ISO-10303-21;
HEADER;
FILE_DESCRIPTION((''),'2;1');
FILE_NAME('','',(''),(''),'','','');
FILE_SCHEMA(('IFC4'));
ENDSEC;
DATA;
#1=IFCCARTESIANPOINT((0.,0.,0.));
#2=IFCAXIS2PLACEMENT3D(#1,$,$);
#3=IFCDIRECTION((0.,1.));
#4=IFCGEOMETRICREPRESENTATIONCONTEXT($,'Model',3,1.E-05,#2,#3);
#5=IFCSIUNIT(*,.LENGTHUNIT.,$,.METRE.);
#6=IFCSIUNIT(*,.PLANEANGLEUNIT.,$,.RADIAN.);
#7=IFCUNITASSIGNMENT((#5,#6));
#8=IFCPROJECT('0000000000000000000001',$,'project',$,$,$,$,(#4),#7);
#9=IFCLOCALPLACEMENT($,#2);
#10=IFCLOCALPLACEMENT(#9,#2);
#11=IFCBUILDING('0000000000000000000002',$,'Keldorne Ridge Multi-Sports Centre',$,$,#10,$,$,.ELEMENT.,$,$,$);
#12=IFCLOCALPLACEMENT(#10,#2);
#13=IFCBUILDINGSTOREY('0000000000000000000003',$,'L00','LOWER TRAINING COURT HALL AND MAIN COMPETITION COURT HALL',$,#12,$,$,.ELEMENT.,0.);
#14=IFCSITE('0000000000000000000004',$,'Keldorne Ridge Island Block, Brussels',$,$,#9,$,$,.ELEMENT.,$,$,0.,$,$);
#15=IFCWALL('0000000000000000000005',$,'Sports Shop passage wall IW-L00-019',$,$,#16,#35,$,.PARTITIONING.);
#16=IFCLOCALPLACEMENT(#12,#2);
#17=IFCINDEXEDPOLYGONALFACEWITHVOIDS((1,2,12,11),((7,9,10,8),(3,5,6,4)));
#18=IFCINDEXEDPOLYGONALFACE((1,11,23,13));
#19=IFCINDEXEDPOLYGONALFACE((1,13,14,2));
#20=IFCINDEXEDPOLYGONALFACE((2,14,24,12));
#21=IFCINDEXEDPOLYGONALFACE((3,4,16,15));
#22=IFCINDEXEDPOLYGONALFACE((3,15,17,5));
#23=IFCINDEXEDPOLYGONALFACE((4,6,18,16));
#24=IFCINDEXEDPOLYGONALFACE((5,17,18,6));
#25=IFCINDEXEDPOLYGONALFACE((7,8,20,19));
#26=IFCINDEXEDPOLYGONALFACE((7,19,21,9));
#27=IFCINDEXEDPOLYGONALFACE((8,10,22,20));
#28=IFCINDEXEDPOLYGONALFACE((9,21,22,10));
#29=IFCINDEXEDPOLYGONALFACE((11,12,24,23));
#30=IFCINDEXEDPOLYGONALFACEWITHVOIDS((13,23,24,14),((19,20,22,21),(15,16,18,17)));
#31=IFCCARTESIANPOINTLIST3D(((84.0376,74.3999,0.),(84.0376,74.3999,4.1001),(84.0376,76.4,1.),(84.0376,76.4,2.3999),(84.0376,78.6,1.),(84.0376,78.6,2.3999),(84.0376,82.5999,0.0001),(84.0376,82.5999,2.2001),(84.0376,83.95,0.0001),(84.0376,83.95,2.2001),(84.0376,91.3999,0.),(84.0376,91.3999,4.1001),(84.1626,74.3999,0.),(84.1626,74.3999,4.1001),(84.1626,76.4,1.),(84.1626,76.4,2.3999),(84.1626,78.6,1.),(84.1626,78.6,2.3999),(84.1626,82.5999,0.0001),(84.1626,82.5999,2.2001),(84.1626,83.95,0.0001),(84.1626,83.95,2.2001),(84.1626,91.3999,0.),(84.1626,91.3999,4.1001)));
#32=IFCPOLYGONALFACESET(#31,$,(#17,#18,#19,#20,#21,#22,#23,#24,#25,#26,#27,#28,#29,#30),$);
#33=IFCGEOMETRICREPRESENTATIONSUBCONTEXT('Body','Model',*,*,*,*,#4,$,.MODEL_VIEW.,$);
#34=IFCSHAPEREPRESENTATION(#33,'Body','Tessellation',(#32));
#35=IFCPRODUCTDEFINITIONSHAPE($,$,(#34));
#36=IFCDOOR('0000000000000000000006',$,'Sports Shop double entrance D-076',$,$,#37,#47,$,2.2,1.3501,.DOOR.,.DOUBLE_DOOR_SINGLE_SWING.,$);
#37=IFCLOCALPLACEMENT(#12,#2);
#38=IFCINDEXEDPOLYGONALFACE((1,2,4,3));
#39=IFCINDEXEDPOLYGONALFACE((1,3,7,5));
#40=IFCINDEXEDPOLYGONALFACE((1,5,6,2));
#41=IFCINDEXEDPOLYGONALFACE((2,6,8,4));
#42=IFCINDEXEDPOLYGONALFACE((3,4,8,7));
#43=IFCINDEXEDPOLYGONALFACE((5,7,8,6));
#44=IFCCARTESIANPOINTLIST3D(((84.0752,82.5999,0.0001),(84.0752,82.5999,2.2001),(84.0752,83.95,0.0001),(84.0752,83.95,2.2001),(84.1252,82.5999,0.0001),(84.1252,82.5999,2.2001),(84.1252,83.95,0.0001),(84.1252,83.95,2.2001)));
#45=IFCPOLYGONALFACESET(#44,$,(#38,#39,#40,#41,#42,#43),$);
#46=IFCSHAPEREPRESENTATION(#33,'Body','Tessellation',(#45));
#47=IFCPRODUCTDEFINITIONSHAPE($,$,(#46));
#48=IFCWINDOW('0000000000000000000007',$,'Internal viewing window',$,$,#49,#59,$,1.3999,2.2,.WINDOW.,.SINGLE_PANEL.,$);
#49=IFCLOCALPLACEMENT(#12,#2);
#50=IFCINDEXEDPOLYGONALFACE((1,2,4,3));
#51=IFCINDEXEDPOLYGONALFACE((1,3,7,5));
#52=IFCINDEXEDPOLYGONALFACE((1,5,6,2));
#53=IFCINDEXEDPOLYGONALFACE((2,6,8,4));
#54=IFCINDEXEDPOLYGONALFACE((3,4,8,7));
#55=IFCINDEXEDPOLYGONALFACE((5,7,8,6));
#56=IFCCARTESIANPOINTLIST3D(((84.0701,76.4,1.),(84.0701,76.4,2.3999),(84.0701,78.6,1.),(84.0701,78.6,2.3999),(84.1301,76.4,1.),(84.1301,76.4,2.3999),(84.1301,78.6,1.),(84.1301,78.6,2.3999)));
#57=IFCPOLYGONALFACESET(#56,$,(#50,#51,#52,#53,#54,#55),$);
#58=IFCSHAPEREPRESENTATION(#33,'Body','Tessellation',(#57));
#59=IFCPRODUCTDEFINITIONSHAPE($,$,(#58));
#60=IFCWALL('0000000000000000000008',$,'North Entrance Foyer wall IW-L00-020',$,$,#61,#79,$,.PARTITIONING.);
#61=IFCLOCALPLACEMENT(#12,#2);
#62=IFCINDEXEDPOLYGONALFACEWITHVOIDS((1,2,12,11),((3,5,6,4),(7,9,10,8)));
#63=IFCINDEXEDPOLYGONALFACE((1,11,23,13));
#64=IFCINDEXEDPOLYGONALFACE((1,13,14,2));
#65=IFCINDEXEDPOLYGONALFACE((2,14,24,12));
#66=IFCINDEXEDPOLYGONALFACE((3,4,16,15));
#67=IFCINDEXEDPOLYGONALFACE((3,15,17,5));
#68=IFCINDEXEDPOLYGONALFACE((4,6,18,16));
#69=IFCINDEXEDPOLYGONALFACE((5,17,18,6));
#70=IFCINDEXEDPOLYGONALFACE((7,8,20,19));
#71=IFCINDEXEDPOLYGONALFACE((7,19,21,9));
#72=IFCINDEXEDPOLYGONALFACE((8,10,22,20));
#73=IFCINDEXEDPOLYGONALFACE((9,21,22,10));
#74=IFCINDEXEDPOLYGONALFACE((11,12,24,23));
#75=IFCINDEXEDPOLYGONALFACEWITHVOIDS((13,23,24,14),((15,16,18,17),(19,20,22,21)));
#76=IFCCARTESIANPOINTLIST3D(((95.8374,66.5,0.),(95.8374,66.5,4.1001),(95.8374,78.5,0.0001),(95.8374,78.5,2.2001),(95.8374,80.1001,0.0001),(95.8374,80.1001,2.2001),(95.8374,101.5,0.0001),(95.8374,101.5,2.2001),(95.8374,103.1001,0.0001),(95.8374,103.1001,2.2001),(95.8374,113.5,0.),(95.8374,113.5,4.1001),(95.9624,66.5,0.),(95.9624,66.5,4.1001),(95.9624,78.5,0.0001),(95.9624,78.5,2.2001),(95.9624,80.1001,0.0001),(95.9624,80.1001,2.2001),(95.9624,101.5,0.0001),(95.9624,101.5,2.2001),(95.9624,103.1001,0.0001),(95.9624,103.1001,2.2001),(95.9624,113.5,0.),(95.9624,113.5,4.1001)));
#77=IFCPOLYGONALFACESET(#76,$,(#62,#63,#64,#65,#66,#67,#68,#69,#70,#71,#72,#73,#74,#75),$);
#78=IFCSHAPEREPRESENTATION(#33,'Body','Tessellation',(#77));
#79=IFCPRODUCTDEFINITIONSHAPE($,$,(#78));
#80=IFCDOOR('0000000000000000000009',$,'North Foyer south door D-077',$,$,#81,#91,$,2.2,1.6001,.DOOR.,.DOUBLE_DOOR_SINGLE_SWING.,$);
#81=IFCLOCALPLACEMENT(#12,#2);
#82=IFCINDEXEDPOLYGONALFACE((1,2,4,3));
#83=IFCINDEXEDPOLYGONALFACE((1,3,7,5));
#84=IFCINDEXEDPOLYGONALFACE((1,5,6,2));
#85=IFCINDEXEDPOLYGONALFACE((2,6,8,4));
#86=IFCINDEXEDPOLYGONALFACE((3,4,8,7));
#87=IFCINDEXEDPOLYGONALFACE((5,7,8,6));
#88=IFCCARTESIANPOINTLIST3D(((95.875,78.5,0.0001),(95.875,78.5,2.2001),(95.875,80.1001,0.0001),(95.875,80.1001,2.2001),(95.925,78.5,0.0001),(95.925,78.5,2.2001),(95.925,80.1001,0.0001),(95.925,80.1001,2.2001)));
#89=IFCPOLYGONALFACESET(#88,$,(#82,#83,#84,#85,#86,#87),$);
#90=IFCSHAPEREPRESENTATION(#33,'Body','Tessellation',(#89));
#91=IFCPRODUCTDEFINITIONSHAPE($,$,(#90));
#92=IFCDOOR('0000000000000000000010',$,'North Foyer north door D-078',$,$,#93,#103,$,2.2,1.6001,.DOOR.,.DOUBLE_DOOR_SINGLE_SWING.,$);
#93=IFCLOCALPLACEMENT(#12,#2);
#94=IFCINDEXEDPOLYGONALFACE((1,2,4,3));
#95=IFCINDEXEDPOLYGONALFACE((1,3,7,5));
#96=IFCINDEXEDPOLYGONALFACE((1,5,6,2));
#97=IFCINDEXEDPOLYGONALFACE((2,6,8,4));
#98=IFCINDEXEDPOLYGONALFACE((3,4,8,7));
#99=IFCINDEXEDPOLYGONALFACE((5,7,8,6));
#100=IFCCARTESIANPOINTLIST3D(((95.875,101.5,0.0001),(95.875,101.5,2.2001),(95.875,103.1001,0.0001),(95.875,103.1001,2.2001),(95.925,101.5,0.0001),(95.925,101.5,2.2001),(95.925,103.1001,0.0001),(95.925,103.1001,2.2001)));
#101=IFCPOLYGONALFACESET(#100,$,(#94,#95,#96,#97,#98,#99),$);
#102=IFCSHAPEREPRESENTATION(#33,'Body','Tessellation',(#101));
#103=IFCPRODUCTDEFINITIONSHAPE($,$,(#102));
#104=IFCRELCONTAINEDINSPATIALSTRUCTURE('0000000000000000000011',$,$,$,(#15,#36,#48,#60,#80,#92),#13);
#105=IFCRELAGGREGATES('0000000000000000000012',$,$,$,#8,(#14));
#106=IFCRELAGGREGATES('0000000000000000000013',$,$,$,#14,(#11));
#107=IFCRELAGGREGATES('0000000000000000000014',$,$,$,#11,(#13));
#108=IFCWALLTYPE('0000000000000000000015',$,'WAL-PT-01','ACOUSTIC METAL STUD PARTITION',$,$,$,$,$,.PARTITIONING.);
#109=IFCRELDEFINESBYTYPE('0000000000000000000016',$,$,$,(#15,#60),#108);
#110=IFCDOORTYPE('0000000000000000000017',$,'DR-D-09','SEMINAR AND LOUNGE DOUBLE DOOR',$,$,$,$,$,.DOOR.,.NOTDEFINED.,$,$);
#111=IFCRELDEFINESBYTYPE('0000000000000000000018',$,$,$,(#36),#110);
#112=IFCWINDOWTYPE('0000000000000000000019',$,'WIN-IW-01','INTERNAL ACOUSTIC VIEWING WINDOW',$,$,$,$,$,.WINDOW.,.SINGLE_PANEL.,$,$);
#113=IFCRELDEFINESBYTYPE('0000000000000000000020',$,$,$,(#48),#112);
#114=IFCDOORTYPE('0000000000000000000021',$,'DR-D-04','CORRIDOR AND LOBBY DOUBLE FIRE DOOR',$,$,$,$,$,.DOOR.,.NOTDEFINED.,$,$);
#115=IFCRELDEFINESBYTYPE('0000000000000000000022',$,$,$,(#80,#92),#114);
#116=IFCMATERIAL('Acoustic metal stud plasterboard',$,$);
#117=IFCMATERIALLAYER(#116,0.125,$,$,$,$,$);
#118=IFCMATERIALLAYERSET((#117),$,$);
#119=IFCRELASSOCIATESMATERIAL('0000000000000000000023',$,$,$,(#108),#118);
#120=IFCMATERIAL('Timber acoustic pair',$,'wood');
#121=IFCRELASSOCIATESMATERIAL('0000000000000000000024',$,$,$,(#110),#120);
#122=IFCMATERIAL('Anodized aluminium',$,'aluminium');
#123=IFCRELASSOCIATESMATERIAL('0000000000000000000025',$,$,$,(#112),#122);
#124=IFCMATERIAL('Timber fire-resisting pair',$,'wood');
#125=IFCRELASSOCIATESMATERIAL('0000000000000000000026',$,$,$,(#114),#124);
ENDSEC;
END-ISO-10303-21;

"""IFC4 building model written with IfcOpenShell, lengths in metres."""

from ifc_helpers import new_model, si_unit, direction, frame, frame_2d, origin, place, context, subcontext, project, spatial, rectangle, extrude, material, layer, layer_set, type_object, element, fill, save


model = new_model("IFC4")

# Units and contexts
model_context = context("Model", 3, precision=1e-05, world=origin(), true_north=direction((0.0, 1.0)))
body_context = subcontext(model_context, "Body", "Model", "MODEL_VIEW")
ifc_project = project(units=[si_unit("LENGTHUNIT", "METRE"), si_unit("PLANEANGLEUNIT", "RADIAN")], contexts=[model_context])

# Site, building, storey
site_placement = place(None, origin())
site = spatial("IfcSite", under=ifc_project, at=site_placement, Name="Keldorne Ridge Island Block, Brussels", CompositionType="ELEMENT", RefElevation=0.0)
building_placement = place(site_placement, origin())
building = spatial("IfcBuilding", under=site, at=building_placement, Name="Keldorne Ridge Multi-Sports Centre", CompositionType="ELEMENT")
storey_placement = place(building_placement, origin())
storey = spatial("IfcBuildingStorey", under=building, at=storey_placement, Name="L00", Description="LOWER TRAINING COURT HALL AND MAIN COMPETITION COURT HALL", CompositionType="ELEMENT", Elevation=0.0)

# Wall, openings, door, window
ifc_material_1 = material(Name="Acoustic metal stud plasterboard")
ifc_layer_1 = layer(ifc_material_1, 0.125)
ifc_layer_set_1 = layer_set([ifc_layer_1])
wall_type = type_object("IfcWallType", Name="WAL-PT-01", Description="ACOUSTIC METAL STUD PARTITION", PredefinedType="PARTITIONING", material=ifc_layer_set_1)
wall_1_placement = place(storey_placement, frame((84.1001, 74.3999, 0.0), z_axis=(0.0, 0.0, 1.0), x_axis=(0.0, 1.0, 0.0)))
wall_1 = element("IfcWall", 1, at=wall_1_placement, inside=storey, type_object=wall_type, Name="Sports Shop passage wall IW-L00-019", PredefinedType="PARTITIONING", context=body_context, shape_type="SweptSolid", body=[
    extrude(rectangle(XDim=17.0, YDim=0.125, at=frame_2d((8.5, 0.0))), origin(), (0.0, 0.0, 1.0), 4.1001),
])
opening_1_placement = place(wall_1_placement, frame((8.2, 0.0, 0.0)))
opening_1 = element("IfcOpeningElement", 2, at=opening_1_placement, cuts=wall_1, PredefinedType="OPENING", context=body_context, shape_type="SweptSolid", body=[
    extrude(rectangle(XDim=1.3501, YDim=2.2, at=frame_2d((0.675, 1.1001))), frame((0.0, 0.0725, 0.0), z_axis=(0.0, -1.0, 0.0), x_axis=(1.0, 0.0, 0.0)), (0.0, 0.0, 1.0), 0.145),
])
opening_2_placement = place(wall_1_placement, frame((2.0, 0.0, 1.0)))
opening_2 = element("IfcOpeningElement", 3, at=opening_2_placement, cuts=wall_1, PredefinedType="OPENING", context=body_context, shape_type="SweptSolid", body=[
    extrude(rectangle(XDim=2.2, YDim=1.3999, at=frame_2d((1.1001, 0.7))), frame((0.0, 0.0725, 0.0), z_axis=(0.0, -1.0, 0.0), x_axis=(1.0, 0.0, 0.0)), (0.0, 0.0, 1.0), 0.145),
])
ifc_material_2 = material(Name="Timber acoustic pair", Category="wood")
door_type_1 = type_object("IfcDoorType", Name="DR-D-09", Description="SEMINAR AND LOUNGE DOUBLE DOOR", OperationType="NOTDEFINED", PredefinedType="DOOR", material=ifc_material_2)
door_1_placement = place(opening_1_placement, origin())
door_1 = element("IfcDoor", 4, at=door_1_placement, inside=storey, type_object=door_type_1, Name="Sports Shop double entrance D-076", OperationType="DOUBLE_DOOR_SINGLE_SWING", OverallHeight=2.2, OverallWidth=1.3501, PredefinedType="DOOR", context=body_context, shape_type="SweptSolid", body=[
    extrude(rectangle(XDim=1.3501, YDim=2.2, at=frame_2d((0.675, 1.1001))), frame((0.0, 0.0249, 0.0), z_axis=(0.0, -1.0, 0.0), x_axis=(1.0, 0.0, 0.0)), (0.0, 0.0, 1.0), 0.05),
])
fill(opening_1, door_1)
ifc_material_3 = material(Name="Anodized aluminium", Category="aluminium")
window_type = type_object("IfcWindowType", Name="WIN-IW-01", Description="INTERNAL ACOUSTIC VIEWING WINDOW", PartitioningType="SINGLE_PANEL", PredefinedType="WINDOW", material=ifc_material_3)
window_placement = place(opening_2_placement, origin())
window = element("IfcWindow", 5, at=window_placement, inside=storey, type_object=window_type, Name="Internal viewing window", OverallHeight=1.3999, OverallWidth=2.2, PartitioningType="SINGLE_PANEL", PredefinedType="WINDOW", context=body_context, shape_type="SweptSolid", body=[
    extrude(rectangle(XDim=2.2, YDim=1.3999, at=frame_2d((1.1001, 0.7))), frame((0.0, 0.03, 0.0), z_axis=(0.0, -1.0, 0.0), x_axis=(1.0, 0.0, 0.0)), (0.0, 0.0, 1.0), 0.0601),
])
fill(opening_2, window)

# Wall, openings, doors
wall_2_placement = place(storey_placement, frame((95.8999, 66.5, 0.0), z_axis=(0.0, 0.0, 1.0), x_axis=(0.0, 1.0, 0.0)))
wall_2 = element("IfcWall", 6, at=wall_2_placement, inside=storey, type_object=wall_type, Name="North Entrance Foyer wall IW-L00-020", PredefinedType="PARTITIONING", context=body_context, shape_type="SweptSolid", body=[
    extrude(rectangle(XDim=47.0, YDim=0.125, at=frame_2d((23.5, 0.0))), origin(), (0.0, 0.0, 1.0), 4.1001),
])
opening_3_placement = place(wall_2_placement, frame((12.0, 0.0, 0.0)))
opening_3 = element("IfcOpeningElement", 7, at=opening_3_placement, cuts=wall_2, PredefinedType="OPENING", context=body_context, shape_type="SweptSolid", body=[
    extrude(rectangle(XDim=1.6001, YDim=2.2, at=frame_2d((0.8, 1.1001))), frame((0.0, 0.0725, 0.0), z_axis=(0.0, -1.0, 0.0), x_axis=(1.0, 0.0, 0.0)), (0.0, 0.0, 1.0), 0.145),
])
opening_4_placement = place(wall_2_placement, frame((35.0, 0.0, 0.0)))
opening_4 = element("IfcOpeningElement", 8, at=opening_4_placement, cuts=wall_2, PredefinedType="OPENING", context=body_context, shape_type="SweptSolid", body=[
    extrude(rectangle(XDim=1.6001, YDim=2.2, at=frame_2d((0.8, 1.1001))), frame((0.0, 0.0725, 0.0), z_axis=(0.0, -1.0, 0.0), x_axis=(1.0, 0.0, 0.0)), (0.0, 0.0, 1.0), 0.145),
])
ifc_material_4 = material(Name="Timber fire-resisting pair", Category="wood")
door_type_2 = type_object("IfcDoorType", Name="DR-D-04", Description="CORRIDOR AND LOBBY DOUBLE FIRE DOOR", OperationType="NOTDEFINED", PredefinedType="DOOR", material=ifc_material_4)
door_2_placement = place(opening_3_placement, origin())
door_2 = element("IfcDoor", 9, at=door_2_placement, inside=storey, type_object=door_type_2, Name="North Foyer south door D-077", OperationType="DOUBLE_DOOR_SINGLE_SWING", OverallHeight=2.2, OverallWidth=1.6001, PredefinedType="DOOR", context=body_context, shape_type="SweptSolid", body=[
    extrude(rectangle(XDim=1.6001, YDim=2.2, at=frame_2d((0.8, 1.1001))), frame((0.0, 0.0249, 0.0), z_axis=(0.0, -1.0, 0.0), x_axis=(1.0, 0.0, 0.0)), (0.0, 0.0, 1.0), 0.05),
])
fill(opening_3, door_2)
door_3_placement = place(opening_4_placement, origin())
door_3 = element("IfcDoor", 10, at=door_3_placement, inside=storey, type_object=door_type_2, Name="North Foyer north door D-078", OperationType="DOUBLE_DOOR_SINGLE_SWING", OverallHeight=2.2, OverallWidth=1.6001, PredefinedType="DOOR", context=body_context, shape_type="SweptSolid", body=[
    extrude(rectangle(XDim=1.6001, YDim=2.2, at=frame_2d((0.8, 1.1001))), frame((0.0, 0.0249, 0.0), z_axis=(0.0, -1.0, 0.0), x_axis=(1.0, 0.0, 0.0)), (0.0, 0.0, 1.0), 0.05),
])
fill(opening_4, door_3)

save(model, "model.ifc")
